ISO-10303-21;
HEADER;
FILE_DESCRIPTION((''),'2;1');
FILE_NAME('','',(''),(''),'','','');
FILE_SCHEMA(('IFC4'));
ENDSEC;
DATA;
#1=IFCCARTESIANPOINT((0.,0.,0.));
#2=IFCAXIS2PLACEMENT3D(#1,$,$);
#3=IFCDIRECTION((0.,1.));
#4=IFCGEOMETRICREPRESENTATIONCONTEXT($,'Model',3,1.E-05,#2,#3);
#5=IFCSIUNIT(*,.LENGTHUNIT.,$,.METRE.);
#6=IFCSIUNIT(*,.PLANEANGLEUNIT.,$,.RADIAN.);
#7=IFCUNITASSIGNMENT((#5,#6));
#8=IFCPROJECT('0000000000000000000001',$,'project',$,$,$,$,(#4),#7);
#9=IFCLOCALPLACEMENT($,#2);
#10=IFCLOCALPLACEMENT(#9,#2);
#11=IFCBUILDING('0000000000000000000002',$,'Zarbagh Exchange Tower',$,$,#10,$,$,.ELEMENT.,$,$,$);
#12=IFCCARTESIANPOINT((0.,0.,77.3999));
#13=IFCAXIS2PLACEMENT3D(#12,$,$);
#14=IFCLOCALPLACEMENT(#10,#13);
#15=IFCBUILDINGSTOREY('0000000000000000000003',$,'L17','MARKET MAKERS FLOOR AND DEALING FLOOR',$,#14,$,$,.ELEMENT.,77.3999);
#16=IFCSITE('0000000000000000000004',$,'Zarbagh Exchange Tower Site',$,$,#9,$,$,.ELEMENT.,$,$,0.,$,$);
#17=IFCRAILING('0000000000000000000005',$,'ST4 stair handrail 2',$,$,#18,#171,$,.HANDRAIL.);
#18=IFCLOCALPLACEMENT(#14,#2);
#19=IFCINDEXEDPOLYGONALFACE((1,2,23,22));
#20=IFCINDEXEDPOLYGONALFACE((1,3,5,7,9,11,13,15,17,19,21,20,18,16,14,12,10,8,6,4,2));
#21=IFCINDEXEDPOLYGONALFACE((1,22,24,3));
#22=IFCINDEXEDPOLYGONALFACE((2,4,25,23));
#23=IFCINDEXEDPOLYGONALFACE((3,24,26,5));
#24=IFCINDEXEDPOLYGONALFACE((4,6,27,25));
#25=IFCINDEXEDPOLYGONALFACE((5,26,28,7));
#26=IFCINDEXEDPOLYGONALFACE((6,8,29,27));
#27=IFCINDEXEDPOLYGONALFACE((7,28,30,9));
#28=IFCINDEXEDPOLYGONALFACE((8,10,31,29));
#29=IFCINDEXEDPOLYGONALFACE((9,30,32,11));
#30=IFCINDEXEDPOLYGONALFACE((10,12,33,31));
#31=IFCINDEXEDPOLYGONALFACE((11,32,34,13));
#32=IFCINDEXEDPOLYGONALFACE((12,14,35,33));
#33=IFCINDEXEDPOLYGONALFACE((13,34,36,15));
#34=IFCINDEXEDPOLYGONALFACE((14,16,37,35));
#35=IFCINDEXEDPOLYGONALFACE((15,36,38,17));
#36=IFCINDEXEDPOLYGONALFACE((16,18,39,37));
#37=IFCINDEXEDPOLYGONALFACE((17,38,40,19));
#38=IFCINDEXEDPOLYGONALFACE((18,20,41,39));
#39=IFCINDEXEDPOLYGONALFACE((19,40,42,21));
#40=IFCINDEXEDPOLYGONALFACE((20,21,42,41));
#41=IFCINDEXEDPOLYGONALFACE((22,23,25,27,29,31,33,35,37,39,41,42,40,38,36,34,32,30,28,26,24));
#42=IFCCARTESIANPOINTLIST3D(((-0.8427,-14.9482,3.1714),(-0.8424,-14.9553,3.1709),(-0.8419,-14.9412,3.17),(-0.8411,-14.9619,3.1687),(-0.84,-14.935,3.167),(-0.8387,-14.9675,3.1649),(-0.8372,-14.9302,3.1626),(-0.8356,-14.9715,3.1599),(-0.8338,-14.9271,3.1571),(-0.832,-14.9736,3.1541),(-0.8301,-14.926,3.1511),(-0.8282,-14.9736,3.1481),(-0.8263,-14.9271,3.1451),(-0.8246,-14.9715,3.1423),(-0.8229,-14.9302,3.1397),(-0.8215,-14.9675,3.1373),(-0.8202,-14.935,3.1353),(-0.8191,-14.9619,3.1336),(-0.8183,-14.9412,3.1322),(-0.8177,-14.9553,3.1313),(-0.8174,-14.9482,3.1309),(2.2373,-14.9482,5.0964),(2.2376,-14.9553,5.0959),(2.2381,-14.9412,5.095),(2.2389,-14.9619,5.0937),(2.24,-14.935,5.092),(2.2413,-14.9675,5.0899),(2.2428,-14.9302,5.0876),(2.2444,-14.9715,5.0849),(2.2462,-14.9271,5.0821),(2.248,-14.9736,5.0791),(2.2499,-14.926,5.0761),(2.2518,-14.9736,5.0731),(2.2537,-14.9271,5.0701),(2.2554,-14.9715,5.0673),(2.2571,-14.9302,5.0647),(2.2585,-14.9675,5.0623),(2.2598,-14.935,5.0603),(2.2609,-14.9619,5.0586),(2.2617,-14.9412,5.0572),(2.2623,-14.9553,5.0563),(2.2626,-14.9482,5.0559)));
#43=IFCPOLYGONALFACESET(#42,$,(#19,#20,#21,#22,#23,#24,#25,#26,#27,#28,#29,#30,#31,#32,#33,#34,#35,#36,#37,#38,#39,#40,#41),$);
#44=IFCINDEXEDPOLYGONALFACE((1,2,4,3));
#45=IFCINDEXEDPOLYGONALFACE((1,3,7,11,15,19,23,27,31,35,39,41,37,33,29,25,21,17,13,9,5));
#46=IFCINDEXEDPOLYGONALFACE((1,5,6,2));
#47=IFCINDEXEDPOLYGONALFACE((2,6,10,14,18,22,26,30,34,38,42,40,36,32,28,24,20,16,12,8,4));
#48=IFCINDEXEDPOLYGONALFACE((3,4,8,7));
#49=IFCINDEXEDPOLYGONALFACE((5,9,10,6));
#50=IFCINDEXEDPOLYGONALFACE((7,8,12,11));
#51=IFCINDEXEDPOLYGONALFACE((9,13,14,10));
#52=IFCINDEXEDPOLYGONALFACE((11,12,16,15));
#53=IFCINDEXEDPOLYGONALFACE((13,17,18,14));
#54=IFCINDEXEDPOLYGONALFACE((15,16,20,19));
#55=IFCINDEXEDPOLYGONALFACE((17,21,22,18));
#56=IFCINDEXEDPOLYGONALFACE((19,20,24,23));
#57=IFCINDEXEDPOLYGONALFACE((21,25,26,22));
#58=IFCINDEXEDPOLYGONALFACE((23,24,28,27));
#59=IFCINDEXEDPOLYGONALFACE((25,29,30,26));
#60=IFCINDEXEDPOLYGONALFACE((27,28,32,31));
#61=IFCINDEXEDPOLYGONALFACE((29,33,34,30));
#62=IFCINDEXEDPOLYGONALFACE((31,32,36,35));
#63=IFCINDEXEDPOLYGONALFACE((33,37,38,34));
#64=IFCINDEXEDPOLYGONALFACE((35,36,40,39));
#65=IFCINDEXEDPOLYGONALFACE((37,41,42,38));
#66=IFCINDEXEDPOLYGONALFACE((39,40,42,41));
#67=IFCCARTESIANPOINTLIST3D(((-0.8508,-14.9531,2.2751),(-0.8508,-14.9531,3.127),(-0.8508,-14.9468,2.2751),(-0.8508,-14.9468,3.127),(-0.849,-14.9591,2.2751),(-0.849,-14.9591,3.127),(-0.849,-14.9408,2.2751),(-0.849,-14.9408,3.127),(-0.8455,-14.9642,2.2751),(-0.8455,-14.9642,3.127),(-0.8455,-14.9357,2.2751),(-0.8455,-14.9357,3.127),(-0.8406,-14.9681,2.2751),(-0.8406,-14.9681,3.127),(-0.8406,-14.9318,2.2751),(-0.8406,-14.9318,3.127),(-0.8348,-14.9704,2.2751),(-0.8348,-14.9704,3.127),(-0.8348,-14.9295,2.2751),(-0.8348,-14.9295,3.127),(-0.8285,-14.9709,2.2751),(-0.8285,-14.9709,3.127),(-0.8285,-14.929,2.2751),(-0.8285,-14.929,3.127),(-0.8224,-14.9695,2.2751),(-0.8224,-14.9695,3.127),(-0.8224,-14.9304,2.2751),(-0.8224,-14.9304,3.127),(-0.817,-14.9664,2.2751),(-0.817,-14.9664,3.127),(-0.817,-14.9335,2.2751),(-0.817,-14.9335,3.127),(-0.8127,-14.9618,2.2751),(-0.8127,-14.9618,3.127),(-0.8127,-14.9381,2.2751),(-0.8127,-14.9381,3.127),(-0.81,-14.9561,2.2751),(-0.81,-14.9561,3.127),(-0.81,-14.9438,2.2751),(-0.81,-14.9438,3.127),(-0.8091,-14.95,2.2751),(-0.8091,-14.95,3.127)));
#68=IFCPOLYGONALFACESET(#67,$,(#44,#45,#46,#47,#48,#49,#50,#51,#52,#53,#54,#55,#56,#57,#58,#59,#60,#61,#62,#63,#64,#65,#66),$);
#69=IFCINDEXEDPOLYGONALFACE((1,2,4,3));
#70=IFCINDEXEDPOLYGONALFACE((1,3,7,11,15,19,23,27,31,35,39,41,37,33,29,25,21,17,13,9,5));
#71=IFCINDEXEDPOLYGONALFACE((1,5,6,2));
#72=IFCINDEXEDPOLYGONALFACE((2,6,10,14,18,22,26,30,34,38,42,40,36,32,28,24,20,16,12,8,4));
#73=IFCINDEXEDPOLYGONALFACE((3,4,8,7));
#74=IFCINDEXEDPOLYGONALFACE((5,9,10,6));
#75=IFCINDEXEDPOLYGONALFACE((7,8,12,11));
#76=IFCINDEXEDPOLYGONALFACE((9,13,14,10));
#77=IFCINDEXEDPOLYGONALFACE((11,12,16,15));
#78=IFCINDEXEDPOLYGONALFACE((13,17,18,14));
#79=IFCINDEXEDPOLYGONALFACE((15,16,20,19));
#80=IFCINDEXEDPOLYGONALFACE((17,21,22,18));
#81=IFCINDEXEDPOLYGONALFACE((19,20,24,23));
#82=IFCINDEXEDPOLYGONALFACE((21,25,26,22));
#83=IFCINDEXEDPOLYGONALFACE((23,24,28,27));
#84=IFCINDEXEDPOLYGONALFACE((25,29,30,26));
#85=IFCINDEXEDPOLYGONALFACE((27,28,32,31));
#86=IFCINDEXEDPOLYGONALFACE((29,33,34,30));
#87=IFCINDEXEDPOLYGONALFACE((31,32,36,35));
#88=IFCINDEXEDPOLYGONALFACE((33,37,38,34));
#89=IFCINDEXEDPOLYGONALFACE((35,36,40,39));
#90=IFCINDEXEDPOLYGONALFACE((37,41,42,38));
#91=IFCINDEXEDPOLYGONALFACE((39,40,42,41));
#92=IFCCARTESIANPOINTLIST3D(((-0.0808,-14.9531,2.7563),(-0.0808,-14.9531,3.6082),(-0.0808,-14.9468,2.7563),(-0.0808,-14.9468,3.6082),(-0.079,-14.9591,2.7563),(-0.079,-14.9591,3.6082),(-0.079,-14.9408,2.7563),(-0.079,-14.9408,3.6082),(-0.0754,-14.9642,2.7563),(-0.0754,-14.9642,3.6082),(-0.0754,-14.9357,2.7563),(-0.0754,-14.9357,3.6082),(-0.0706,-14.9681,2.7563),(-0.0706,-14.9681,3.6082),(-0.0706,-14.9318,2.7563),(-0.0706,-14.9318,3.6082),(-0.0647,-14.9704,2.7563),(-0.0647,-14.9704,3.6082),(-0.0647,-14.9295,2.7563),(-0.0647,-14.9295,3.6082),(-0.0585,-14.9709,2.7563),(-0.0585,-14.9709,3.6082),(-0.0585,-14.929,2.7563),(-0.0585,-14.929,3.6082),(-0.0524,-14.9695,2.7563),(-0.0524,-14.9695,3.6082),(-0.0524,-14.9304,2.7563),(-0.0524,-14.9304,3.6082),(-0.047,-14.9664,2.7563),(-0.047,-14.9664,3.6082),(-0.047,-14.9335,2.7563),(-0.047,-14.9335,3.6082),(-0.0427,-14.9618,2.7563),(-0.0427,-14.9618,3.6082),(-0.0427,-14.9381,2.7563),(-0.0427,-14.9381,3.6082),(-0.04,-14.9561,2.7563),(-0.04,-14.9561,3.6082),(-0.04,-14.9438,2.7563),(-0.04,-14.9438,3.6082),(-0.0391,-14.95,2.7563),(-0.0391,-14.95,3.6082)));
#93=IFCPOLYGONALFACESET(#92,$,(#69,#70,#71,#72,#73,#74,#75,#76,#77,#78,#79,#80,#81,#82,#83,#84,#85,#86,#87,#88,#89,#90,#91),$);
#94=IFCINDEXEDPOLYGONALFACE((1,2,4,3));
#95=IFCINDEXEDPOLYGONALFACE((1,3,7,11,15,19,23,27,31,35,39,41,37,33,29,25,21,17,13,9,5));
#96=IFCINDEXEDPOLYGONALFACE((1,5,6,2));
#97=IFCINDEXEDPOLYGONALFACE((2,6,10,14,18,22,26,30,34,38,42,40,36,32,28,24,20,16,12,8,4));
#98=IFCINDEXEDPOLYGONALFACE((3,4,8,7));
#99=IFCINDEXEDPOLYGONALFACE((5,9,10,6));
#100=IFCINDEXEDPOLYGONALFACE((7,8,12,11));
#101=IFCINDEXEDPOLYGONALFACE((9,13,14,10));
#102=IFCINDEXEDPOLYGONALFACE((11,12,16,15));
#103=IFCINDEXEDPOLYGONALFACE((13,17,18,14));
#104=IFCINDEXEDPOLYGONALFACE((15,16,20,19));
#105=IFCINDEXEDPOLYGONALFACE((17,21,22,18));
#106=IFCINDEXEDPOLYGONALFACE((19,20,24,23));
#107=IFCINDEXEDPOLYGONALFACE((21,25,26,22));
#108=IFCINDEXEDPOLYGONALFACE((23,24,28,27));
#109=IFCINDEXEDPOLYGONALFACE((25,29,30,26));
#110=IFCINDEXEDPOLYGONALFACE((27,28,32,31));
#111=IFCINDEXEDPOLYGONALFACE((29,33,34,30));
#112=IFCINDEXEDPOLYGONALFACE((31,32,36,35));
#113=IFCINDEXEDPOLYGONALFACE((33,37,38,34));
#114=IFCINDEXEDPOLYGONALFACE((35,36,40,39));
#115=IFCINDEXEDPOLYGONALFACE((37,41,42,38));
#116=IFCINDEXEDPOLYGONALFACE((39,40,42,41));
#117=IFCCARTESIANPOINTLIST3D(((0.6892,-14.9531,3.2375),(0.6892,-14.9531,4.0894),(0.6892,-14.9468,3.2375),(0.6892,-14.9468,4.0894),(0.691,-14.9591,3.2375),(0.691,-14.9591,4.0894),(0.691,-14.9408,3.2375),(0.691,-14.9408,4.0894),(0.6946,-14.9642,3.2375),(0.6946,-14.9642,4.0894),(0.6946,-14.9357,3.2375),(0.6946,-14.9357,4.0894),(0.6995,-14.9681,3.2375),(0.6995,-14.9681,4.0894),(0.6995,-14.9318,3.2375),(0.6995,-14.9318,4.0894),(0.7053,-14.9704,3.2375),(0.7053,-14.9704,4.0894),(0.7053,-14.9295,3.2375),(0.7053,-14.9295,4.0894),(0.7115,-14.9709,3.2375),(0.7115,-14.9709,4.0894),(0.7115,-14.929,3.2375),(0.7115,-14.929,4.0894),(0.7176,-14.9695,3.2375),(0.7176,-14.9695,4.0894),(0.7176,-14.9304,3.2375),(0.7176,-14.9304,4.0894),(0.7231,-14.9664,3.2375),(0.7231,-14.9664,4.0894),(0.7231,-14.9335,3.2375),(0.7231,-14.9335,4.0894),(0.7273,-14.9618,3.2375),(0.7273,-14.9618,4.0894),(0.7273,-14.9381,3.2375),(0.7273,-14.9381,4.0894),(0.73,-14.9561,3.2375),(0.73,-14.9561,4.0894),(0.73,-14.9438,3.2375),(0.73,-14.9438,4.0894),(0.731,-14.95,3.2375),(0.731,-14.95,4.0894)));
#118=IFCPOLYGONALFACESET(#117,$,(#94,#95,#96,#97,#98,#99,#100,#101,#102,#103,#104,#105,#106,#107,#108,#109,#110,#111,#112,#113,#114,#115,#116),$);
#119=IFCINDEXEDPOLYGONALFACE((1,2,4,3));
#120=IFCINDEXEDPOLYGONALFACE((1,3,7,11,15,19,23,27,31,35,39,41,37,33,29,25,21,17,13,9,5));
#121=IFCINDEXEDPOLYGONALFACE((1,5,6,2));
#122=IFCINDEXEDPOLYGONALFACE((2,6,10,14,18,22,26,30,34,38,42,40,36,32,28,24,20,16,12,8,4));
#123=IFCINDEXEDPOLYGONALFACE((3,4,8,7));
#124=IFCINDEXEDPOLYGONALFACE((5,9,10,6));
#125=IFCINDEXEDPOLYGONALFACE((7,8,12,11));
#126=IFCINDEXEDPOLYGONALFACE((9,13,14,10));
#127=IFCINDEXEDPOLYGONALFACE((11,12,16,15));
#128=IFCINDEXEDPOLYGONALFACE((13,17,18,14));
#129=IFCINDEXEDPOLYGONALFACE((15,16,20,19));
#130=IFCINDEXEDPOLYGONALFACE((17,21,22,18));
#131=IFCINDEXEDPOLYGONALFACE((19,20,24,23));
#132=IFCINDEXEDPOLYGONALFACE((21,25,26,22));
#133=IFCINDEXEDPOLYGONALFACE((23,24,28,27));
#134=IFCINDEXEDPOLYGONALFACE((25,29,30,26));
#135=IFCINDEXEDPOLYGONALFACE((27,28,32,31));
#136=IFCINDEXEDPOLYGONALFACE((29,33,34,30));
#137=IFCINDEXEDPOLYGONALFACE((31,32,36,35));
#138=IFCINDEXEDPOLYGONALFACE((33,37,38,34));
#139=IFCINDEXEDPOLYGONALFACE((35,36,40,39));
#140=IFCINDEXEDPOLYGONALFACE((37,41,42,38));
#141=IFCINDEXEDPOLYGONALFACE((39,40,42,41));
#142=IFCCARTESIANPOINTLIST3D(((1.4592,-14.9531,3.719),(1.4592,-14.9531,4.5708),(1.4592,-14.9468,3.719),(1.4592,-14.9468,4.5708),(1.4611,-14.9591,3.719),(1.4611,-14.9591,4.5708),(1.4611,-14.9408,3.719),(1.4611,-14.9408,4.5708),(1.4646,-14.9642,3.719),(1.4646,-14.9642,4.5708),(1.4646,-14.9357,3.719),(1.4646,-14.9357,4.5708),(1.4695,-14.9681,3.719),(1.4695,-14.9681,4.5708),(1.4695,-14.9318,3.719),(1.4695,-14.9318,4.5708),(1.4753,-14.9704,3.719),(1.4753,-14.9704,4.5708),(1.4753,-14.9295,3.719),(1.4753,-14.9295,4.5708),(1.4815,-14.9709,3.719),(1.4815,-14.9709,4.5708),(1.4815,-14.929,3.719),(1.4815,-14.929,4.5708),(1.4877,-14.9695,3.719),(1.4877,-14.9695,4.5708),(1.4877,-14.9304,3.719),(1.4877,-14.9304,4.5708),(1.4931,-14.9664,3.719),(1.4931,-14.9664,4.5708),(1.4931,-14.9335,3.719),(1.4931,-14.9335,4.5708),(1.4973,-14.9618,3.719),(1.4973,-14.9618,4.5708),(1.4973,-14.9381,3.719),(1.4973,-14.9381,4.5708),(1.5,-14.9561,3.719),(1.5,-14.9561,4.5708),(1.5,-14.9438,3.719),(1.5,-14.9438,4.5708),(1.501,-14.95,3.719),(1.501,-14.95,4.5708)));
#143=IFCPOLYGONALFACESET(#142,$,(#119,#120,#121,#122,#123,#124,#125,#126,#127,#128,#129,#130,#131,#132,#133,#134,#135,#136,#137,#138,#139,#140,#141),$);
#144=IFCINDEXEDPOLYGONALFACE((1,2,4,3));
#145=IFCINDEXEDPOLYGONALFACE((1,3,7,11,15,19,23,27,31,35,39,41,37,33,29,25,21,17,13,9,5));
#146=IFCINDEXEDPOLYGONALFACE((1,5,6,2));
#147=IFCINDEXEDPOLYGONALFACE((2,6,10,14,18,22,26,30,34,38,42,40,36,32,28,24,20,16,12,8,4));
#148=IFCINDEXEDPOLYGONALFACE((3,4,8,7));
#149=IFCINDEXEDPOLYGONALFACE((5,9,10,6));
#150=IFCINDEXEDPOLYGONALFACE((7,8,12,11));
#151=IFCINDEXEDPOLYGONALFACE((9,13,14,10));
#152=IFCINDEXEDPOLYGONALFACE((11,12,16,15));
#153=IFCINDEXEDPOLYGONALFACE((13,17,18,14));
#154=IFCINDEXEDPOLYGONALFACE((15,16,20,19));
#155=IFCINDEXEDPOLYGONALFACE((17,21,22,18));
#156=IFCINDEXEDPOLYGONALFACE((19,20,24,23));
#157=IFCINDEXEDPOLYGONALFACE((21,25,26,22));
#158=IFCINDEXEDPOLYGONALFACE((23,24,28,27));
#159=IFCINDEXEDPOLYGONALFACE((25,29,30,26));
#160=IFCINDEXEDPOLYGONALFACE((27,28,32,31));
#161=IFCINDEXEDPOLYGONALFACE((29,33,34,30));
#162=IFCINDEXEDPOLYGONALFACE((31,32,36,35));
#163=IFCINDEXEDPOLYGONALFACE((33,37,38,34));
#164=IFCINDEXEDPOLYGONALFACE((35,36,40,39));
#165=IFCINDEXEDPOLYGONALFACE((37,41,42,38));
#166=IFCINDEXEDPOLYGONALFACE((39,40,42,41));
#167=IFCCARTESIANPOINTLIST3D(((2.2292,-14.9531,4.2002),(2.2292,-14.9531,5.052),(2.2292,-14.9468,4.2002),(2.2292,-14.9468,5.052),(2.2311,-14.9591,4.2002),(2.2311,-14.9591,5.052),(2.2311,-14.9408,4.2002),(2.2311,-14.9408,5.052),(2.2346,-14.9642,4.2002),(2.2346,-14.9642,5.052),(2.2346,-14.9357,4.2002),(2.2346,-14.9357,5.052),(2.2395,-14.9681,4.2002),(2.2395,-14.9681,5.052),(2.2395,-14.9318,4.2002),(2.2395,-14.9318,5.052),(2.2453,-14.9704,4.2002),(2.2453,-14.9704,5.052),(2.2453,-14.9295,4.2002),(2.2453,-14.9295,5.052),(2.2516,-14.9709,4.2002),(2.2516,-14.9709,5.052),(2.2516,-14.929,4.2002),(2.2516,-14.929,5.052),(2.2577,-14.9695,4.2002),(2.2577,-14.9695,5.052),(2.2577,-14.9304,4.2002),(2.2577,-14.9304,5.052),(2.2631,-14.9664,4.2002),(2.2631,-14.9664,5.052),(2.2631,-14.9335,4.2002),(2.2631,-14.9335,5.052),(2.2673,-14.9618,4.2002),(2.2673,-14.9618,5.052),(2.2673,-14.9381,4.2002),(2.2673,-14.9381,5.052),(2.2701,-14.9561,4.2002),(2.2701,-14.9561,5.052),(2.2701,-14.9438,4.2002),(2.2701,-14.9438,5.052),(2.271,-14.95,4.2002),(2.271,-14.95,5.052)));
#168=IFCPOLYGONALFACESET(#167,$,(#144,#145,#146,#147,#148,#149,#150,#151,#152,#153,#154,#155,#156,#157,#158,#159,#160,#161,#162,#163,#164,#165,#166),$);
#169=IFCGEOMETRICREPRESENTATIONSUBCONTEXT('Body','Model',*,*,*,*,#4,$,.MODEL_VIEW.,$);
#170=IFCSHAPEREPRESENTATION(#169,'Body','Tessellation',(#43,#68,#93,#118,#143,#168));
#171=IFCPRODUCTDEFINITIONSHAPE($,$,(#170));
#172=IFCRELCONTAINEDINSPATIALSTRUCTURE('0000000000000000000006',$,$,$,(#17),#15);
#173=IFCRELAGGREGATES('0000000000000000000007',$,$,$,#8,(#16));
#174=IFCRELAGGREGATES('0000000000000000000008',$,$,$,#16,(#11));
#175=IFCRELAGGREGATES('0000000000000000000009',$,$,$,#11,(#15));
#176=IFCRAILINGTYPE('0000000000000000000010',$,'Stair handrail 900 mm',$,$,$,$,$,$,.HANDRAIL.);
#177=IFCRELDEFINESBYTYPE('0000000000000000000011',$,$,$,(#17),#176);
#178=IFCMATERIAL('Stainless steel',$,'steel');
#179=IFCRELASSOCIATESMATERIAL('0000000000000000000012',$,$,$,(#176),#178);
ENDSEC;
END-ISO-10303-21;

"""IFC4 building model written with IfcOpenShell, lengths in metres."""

from ifc_helpers import new_model, si_unit, direction, frame, origin, origin_2d, place, context, subcontext, project, spatial, circle, extrude, material, type_object, element, save


model = new_model("IFC4")

# Units and contexts
model_context = context("Model", 3, precision=1e-05, world=origin(), true_north=direction((0.0, 1.0)))
body_context = subcontext(model_context, "Body", "Model", "MODEL_VIEW")
ifc_project = project(units=[si_unit("LENGTHUNIT", "METRE"), si_unit("PLANEANGLEUNIT", "RADIAN")], contexts=[model_context])

# Site, building, storey
site_placement = place(None, origin())
site = spatial("IfcSite", under=ifc_project, at=site_placement, Name="Zarbagh Exchange Tower Site", CompositionType="ELEMENT", RefElevation=0.0)
building_placement = place(site_placement, origin())
building = spatial("IfcBuilding", under=site, at=building_placement, Name="Zarbagh Exchange Tower", CompositionType="ELEMENT")
storey_placement = place(building_placement, frame((0.0, 0.0, 77.3999)))
storey = spatial("IfcBuildingStorey", under=building, at=storey_placement, Name="L17", Description="MARKET MAKERS FLOOR AND DEALING FLOOR", CompositionType="ELEMENT", Elevation=77.3999)

# Shared definitions
ifc_material_1 = material(Name="Stainless steel", Category="steel")

# Railing
railing_type_1 = type_object("IfcRailingType", Name="Stair handrail 900 mm", PredefinedType="HANDRAIL", material=ifc_material_1)
for number, where, name in (
    (1, (-0.8301, -14.95, 2.2751), "ST4 stair handrail 2"),
):
    element("IfcRailing", number, at=place(storey_placement, frame(where)), inside=storey, type_object=railing_type_1, Name=name, PredefinedType="HANDRAIL", context=body_context, shape_type="SweptSolid", body=[
        extrude(circle(Radius=0.0239, at=origin_2d()), frame((0.0, 0.0, 0.876), z_axis=(0.847998, 0.0, 0.529999), x_axis=(0.0, 1.0, 0.0)), (0.0, 0.0, 1.0), 3.6321),
        extrude(circle(Radius=0.021, at=origin_2d()), origin(), (0.0, 0.0, 1.0), 0.8518),
        extrude(circle(Radius=0.021, at=origin_2d()), frame((0.77, 0.0, 0.4812)), (0.0, 0.0, 1.0), 0.8518),
        extrude(circle(Radius=0.021, at=origin_2d()), frame((1.54, 0.0, 0.9624)), (0.0, 0.0, 1.0), 0.8518),
        extrude(circle(Radius=0.021, at=origin_2d()), frame((2.3101, 0.0, 1.4438)), (0.0, 0.0, 1.0), 0.8518),
        extrude(circle(Radius=0.021, at=origin_2d()), frame((3.0801, 0.0, 1.925)), (0.0, 0.0, 1.0), 0.8518),
    ])

save(model, "model.ifc")
